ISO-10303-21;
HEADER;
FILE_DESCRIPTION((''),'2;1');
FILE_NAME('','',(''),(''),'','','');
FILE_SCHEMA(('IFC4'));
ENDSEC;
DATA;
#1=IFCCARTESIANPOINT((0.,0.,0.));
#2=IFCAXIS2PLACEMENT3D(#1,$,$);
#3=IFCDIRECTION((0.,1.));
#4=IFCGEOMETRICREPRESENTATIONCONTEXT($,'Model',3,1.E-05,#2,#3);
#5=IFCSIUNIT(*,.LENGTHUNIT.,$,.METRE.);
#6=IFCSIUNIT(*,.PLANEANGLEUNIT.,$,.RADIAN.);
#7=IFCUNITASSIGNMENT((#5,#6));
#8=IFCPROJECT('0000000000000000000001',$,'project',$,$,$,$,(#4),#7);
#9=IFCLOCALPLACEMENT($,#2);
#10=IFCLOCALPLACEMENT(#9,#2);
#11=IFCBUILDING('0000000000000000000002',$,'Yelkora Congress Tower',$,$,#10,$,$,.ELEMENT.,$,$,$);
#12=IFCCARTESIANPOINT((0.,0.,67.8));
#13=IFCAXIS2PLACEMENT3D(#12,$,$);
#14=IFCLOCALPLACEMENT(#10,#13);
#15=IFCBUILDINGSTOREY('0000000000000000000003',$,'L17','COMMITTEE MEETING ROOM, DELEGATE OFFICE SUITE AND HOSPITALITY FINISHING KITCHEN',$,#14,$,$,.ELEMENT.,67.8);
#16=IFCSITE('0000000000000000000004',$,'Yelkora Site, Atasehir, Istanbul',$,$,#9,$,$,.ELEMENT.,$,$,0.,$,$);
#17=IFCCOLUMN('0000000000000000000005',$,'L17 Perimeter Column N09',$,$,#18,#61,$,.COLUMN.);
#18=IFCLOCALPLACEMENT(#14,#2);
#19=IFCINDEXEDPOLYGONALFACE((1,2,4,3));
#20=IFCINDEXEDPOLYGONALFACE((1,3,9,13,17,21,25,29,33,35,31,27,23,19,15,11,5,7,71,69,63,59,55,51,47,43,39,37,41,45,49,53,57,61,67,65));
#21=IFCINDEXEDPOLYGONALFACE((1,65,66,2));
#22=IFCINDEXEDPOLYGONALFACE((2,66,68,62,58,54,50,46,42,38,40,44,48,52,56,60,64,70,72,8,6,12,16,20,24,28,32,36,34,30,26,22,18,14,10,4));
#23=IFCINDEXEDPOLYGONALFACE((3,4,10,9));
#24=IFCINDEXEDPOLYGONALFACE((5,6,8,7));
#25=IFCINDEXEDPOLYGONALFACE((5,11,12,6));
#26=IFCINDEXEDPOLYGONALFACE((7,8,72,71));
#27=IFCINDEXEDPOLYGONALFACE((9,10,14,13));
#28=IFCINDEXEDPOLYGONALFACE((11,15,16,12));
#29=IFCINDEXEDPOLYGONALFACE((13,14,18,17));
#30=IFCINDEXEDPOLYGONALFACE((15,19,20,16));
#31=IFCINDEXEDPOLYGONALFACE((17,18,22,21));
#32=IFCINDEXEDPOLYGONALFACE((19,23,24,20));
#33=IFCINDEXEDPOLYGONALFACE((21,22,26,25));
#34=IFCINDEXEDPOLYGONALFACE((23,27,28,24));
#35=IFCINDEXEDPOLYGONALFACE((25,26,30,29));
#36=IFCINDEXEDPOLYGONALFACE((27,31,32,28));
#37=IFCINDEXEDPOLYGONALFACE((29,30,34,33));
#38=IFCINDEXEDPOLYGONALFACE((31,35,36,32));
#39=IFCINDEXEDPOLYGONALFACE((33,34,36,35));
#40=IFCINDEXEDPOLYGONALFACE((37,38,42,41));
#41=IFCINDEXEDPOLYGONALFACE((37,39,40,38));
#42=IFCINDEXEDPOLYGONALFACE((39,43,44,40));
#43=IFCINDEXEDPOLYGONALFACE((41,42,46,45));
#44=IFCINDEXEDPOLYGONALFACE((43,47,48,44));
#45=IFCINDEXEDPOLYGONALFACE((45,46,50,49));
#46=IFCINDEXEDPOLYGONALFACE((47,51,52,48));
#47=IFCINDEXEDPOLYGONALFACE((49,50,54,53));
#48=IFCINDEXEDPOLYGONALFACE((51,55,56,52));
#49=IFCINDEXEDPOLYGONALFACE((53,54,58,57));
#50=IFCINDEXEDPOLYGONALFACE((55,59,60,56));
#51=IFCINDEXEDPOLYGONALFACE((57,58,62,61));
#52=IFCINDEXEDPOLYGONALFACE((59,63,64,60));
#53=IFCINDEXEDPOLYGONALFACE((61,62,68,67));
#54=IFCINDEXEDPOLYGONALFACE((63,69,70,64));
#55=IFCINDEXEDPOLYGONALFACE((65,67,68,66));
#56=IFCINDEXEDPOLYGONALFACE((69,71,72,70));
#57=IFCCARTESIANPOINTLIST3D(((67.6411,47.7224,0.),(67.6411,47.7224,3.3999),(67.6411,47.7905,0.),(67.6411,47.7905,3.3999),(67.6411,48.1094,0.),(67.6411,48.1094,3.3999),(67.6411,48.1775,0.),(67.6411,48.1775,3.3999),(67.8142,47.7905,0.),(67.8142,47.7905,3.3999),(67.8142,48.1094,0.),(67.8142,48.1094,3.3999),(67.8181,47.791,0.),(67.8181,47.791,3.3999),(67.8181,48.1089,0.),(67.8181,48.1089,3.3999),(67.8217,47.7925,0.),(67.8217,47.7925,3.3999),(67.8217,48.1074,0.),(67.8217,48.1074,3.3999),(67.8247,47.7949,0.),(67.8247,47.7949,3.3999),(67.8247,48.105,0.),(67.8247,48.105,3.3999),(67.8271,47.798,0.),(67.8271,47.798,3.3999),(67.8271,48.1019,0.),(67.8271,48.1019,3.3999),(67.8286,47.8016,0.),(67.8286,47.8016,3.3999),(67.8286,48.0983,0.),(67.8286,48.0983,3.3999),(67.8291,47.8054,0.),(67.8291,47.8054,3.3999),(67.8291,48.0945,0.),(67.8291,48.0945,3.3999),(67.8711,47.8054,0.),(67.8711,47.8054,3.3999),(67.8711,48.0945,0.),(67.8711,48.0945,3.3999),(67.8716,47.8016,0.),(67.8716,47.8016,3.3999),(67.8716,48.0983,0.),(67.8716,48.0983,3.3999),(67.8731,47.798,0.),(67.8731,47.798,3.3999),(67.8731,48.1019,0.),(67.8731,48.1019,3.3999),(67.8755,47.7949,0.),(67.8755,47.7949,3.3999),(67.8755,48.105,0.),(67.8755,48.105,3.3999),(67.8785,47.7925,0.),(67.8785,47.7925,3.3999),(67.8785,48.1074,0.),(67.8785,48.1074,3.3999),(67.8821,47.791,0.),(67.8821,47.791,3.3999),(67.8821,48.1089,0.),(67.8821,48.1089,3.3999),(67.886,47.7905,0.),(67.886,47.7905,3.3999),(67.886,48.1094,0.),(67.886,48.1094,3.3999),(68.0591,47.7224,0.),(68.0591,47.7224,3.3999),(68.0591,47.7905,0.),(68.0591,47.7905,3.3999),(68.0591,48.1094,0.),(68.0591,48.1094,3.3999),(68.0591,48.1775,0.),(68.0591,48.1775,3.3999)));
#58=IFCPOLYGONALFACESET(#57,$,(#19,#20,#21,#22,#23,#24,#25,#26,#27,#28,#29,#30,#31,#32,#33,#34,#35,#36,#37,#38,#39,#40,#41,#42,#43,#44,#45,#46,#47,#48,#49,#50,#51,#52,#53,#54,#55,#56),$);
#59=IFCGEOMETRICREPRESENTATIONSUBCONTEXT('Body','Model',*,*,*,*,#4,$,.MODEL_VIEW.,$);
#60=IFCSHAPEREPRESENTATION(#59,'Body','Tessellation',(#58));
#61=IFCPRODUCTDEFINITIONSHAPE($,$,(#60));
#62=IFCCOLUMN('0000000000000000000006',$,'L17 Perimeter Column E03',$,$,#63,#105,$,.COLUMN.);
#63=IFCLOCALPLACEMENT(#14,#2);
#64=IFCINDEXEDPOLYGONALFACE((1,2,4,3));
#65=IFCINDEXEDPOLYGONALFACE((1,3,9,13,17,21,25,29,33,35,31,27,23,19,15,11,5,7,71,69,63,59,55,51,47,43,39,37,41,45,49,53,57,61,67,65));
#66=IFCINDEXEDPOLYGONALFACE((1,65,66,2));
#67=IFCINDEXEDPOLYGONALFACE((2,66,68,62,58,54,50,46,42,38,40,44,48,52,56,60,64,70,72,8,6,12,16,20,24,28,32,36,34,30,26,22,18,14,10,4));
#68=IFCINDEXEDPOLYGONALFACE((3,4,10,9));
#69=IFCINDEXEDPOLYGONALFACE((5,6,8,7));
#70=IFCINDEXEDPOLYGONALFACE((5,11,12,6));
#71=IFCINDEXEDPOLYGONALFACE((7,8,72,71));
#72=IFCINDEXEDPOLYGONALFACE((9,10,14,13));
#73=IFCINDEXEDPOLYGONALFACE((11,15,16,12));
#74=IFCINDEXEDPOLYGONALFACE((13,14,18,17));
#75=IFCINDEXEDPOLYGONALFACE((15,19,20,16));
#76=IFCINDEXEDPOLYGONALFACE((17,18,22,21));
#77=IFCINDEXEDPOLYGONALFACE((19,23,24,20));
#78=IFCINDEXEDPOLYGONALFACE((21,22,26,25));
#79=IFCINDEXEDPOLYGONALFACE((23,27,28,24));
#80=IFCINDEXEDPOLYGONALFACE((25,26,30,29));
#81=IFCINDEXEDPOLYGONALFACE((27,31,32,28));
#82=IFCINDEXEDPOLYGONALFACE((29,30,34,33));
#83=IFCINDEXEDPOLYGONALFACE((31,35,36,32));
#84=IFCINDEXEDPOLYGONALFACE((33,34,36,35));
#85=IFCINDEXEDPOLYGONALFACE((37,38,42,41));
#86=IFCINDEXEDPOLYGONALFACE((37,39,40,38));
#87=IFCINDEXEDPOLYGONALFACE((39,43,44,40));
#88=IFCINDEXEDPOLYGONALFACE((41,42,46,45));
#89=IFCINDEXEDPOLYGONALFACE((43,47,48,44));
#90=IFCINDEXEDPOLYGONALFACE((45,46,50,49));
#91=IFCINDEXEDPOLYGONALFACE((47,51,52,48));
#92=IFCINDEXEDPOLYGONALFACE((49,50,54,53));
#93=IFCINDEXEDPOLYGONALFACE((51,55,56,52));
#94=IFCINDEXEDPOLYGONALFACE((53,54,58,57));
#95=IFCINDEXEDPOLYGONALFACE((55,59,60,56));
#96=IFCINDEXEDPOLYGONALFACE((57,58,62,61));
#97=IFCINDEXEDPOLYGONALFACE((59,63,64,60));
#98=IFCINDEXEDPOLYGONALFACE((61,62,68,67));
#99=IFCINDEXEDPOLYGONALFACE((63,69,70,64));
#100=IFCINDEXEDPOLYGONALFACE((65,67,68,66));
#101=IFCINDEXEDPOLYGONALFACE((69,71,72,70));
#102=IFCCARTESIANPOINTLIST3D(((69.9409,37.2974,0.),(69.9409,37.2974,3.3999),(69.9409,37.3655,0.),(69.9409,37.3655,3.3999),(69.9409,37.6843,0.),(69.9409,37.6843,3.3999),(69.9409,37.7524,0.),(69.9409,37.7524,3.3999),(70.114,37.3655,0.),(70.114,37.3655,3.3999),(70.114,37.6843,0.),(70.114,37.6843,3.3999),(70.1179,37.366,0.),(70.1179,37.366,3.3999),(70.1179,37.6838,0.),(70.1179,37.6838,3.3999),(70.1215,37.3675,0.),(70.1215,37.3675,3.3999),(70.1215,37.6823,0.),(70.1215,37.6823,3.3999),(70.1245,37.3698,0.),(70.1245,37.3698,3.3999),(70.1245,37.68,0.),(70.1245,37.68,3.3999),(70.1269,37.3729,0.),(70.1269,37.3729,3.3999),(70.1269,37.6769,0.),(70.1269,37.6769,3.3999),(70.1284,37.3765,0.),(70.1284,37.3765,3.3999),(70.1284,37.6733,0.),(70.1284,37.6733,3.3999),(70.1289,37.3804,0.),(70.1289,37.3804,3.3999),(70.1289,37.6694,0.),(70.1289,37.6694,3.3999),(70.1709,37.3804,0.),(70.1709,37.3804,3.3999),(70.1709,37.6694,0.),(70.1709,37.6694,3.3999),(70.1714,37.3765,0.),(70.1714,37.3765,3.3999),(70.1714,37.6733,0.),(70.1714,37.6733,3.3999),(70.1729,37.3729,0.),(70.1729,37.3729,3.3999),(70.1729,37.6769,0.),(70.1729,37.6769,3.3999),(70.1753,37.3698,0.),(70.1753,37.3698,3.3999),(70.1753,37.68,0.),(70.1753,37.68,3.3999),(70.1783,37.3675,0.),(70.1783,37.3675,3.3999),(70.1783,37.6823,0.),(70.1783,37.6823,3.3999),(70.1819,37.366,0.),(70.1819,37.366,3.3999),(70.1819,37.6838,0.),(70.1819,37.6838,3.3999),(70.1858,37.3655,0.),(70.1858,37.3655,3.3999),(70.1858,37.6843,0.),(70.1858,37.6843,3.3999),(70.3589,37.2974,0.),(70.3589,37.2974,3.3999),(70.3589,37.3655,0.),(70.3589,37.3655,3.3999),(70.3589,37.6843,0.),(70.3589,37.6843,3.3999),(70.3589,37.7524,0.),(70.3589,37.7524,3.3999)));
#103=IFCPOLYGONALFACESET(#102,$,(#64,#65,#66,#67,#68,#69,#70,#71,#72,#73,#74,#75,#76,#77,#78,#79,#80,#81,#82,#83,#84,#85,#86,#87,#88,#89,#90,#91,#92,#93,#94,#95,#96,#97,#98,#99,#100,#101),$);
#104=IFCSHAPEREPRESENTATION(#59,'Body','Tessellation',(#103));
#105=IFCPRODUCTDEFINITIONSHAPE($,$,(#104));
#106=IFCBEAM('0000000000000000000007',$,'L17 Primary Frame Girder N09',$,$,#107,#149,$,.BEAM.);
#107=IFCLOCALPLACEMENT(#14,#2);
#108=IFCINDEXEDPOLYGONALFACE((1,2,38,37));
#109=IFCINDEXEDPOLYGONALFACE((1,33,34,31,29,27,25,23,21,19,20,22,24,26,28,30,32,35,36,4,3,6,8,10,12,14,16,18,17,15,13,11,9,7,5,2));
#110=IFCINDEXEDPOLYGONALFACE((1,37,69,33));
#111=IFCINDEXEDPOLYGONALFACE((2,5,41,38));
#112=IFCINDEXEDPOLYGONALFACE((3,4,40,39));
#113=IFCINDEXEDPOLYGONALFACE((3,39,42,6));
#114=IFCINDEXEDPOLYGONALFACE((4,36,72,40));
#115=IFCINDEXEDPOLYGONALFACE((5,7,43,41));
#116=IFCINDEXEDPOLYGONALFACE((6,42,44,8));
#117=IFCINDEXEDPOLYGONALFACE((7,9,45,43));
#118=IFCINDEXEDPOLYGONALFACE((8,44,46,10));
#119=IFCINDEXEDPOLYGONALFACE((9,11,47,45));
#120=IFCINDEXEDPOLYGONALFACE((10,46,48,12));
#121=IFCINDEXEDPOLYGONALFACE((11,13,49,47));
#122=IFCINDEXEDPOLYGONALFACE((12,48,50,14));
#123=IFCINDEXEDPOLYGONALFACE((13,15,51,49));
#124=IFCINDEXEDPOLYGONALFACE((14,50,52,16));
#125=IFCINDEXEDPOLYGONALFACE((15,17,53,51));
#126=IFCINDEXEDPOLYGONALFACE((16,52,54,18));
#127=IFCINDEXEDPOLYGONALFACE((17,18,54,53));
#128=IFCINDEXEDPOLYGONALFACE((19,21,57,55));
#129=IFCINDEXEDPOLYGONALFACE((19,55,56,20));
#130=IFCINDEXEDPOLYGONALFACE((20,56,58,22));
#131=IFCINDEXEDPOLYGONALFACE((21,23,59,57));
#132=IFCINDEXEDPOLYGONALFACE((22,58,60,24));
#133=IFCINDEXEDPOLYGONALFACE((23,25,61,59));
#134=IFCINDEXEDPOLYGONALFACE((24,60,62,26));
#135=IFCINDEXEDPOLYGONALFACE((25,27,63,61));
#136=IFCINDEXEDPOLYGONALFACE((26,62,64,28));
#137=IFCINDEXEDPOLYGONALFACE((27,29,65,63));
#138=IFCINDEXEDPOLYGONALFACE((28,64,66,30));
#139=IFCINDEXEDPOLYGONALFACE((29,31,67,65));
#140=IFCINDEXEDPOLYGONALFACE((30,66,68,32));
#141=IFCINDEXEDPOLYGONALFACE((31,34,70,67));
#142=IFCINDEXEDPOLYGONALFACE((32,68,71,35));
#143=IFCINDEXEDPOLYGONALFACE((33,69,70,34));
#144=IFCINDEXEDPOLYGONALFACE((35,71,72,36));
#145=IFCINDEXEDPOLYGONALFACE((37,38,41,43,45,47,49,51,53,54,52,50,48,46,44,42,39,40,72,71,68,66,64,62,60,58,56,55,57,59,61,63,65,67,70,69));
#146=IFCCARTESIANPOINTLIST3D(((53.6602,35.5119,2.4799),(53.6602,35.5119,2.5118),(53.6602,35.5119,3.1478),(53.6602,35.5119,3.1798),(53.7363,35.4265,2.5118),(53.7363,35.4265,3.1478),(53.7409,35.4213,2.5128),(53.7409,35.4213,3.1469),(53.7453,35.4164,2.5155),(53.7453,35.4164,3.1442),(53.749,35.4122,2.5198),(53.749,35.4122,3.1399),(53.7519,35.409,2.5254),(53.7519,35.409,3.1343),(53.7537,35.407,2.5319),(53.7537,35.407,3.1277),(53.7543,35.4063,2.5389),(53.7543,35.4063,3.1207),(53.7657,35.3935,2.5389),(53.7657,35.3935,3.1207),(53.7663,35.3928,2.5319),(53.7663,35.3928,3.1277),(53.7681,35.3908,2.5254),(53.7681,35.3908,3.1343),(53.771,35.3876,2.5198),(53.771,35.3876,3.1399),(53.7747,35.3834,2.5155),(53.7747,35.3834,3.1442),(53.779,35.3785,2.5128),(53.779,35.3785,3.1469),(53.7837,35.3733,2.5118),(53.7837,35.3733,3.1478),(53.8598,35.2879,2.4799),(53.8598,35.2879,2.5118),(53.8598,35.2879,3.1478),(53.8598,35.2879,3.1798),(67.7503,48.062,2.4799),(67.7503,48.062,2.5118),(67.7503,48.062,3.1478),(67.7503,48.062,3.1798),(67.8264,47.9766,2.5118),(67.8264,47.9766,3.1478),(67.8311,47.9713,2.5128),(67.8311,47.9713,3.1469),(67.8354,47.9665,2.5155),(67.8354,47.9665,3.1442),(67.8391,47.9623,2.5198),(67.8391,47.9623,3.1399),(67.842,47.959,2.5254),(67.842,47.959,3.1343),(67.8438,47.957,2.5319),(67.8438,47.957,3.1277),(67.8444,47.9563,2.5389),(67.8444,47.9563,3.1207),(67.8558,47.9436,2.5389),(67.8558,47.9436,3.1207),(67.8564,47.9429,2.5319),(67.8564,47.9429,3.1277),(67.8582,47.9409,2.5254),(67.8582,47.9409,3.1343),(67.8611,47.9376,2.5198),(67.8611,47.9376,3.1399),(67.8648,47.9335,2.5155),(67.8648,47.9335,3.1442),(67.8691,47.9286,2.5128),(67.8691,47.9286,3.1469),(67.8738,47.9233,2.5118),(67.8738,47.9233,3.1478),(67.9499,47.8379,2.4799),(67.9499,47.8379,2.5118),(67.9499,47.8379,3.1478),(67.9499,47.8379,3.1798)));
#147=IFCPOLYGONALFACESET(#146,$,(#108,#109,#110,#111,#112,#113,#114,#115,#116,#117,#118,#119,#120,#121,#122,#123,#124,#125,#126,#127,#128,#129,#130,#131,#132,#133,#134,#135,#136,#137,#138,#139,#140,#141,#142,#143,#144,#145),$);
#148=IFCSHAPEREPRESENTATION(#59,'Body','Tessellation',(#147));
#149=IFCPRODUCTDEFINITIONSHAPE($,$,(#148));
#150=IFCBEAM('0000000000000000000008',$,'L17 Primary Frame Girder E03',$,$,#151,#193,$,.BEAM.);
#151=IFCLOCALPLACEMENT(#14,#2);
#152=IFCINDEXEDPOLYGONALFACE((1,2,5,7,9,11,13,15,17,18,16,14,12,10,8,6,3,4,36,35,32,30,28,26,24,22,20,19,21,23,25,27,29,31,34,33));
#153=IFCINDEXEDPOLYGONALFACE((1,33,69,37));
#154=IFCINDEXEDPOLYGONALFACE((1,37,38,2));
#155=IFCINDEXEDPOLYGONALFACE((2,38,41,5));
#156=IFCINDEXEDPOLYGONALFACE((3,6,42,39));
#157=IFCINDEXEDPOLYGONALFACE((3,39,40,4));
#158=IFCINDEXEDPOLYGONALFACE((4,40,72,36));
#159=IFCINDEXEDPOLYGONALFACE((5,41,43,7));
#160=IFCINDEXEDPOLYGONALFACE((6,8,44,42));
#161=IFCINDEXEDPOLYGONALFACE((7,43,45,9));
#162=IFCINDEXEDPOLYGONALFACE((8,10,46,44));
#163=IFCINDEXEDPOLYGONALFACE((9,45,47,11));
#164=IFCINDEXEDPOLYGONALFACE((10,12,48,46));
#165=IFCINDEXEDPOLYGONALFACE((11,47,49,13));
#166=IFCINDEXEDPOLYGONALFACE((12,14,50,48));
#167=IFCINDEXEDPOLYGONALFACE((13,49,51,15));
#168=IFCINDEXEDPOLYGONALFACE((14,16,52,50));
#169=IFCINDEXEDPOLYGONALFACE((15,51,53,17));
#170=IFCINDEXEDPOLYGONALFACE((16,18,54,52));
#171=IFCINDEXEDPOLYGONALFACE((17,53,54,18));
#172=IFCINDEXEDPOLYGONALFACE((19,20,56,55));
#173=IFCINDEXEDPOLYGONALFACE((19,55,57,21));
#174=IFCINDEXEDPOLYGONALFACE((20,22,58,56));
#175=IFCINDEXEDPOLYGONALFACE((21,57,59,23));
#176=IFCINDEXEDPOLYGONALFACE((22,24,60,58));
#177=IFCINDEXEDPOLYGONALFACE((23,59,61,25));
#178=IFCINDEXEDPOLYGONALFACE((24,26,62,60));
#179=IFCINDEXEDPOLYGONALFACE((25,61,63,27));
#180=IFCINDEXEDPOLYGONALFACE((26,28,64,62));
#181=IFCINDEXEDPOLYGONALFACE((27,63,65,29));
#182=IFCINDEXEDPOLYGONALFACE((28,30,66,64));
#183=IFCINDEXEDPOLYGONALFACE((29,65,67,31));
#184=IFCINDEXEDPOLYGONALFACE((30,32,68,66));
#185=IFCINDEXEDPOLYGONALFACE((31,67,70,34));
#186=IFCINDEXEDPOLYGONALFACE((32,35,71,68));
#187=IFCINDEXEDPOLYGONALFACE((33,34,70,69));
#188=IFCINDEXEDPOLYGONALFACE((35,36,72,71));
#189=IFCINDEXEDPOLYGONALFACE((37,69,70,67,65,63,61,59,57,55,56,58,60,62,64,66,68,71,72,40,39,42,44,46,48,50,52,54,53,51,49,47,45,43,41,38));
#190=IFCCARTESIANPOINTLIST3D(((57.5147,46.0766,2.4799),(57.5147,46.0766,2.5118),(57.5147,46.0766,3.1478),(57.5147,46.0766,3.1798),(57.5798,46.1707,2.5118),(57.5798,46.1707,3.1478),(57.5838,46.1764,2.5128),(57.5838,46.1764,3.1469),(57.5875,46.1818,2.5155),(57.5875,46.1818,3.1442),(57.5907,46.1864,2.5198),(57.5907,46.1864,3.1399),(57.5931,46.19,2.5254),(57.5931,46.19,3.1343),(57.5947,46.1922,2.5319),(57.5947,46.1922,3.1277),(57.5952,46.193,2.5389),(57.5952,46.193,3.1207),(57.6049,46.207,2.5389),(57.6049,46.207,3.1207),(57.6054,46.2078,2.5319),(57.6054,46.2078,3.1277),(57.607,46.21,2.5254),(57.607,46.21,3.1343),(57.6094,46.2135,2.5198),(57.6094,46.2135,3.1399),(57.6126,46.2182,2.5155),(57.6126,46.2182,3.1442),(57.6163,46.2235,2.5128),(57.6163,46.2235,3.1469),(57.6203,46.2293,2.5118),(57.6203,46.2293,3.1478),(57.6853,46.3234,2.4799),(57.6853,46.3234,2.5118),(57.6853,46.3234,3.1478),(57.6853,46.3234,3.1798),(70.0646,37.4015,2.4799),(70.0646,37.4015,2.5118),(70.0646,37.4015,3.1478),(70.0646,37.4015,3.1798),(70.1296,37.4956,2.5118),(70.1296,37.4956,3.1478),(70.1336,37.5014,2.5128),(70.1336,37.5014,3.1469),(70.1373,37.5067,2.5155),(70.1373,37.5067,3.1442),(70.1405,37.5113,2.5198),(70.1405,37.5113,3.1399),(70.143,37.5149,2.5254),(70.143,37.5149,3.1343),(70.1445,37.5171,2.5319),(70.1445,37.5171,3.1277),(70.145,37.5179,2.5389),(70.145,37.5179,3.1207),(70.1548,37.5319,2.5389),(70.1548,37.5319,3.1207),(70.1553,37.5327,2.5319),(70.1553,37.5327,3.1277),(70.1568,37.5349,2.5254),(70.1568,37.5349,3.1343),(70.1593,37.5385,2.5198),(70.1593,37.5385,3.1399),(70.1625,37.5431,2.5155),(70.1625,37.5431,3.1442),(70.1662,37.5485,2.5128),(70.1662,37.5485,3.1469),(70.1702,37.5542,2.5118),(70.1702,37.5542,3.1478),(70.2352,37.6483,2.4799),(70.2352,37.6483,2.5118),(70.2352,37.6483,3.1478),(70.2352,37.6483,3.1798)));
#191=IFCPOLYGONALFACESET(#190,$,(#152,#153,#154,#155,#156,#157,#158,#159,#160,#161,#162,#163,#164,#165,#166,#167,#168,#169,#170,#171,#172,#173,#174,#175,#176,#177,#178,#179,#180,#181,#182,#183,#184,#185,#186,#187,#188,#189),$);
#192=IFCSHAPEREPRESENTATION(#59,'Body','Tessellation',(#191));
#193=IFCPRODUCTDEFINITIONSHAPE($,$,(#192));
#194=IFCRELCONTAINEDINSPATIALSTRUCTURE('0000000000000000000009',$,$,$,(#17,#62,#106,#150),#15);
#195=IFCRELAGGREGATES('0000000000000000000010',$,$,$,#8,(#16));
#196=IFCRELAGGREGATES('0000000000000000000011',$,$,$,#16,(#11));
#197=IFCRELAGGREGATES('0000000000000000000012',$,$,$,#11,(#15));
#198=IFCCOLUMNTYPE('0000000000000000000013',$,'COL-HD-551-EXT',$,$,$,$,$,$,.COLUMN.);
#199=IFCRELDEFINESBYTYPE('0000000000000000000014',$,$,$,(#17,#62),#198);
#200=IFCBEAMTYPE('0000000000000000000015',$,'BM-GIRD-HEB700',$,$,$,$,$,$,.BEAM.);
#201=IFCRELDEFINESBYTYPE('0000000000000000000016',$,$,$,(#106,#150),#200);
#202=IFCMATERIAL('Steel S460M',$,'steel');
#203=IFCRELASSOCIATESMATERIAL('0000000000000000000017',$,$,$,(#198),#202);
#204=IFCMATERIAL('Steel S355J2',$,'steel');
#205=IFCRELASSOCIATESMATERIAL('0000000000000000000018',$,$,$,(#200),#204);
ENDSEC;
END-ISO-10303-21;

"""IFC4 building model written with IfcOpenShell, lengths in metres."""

from ifc_helpers import new_model, si_unit, direction, frame, origin, origin_2d, place, context, subcontext, project, spatial, i_section, extrude, material, material_profile, profile_set, type_object, element, save


model = new_model("IFC4")

# Units and contexts
model_context = context("Model", 3, precision=1e-05, world=origin(), true_north=direction((0.0, 1.0)))
body_context = subcontext(model_context, "Body", "Model", "MODEL_VIEW")
ifc_project = project(units=[si_unit("LENGTHUNIT", "METRE"), si_unit("PLANEANGLEUNIT", "RADIAN")], contexts=[model_context])

# Site, building, storey
site_placement = place(None, origin())
site = spatial("IfcSite", under=ifc_project, at=site_placement, Name="Yelkora Site, Atasehir, Istanbul", CompositionType="ELEMENT", RefElevation=0.0)
building_placement = place(site_placement, origin())
building = spatial("IfcBuilding", under=site, at=building_placement, Name="Yelkora Congress Tower", CompositionType="ELEMENT")
storey_placement = place(building_placement, frame((0.0, 0.0, 67.8)))
storey = spatial("IfcBuildingStorey", under=building, at=storey_placement, Name="L17", Description="COMMITTEE MEETING ROOM, DELEGATE OFFICE SUITE AND HOSPITALITY FINISHING KITCHEN", CompositionType="ELEMENT", Elevation=67.8)

# Columns
ifc_material_1 = material(Name="Steel S460M", Category="steel")
ifc_material_profile_1 = material_profile(ifc_material_1, i_section(OverallWidth=0.418, OverallDepth=0.4551, WebThickness=0.042, FlangeThickness=0.0681, FilletRadius=0.0149, at=origin_2d()), Name="HD 400x551")
ifc_profile_set_1 = profile_set([ifc_material_profile_1], Name="Steel S460M")
column_type = type_object("IfcColumnType", Name="COL-HD-551-EXT", PredefinedType="COLUMN", material=ifc_profile_set_1)
for number, where, z_axis, x_axis, name in (
    (1, (67.8501, 47.95, 0.0), (0.0, 0.0, 1.0), (1.0, 0.0, 0.0), "L17 Perimeter Column N09"),
    (2, (70.1499, 37.5249, 0.0), (0.0, 0.0, 1.0), (1.0, 0.0, 0.0), "L17 Perimeter Column E03"),
):
    element("IfcColumn", number, at=place(storey_placement, frame(where, z_axis=z_axis, x_axis=x_axis)), inside=storey, type_object=column_type, Name=name, PredefinedType="COLUMN", context=body_context, shape_type="SweptSolid", body=[
        extrude(i_section(OverallWidth=0.418, OverallDepth=0.4551, WebThickness=0.042, FlangeThickness=0.0681, FilletRadius=0.0149, at=origin_2d()), origin(), (0.0, 0.0, 1.0), 3.3999),
    ])

# Beams
ifc_material_2 = material(Name="Steel S355J2", Category="steel")
ifc_material_profile_2 = material_profile(ifc_material_2, i_section(OverallWidth=0.3, OverallDepth=0.7, WebThickness=0.0171, FlangeThickness=0.032, FilletRadius=0.0271, at=origin_2d()), Name="HEB 700")
ifc_profile_set_2 = profile_set([ifc_material_profile_2], Name="Steel S355J2")
beam_type_1 = type_object("IfcBeamType", Name="BM-GIRD-HEB700", PredefinedType="BEAM", material=ifc_profile_set_2)
beam_1_placement = place(storey_placement, frame((67.8501, 47.95, 2.8298), z_axis=(-0.746737, -0.665119, 0.0), x_axis=(0.665119, -0.746737, 0.0)))
element("IfcBeam", 3, at=beam_1_placement, inside=storey, type_object=beam_type_1, Name="L17 Primary Frame Girder N09", PredefinedType="BEAM", context=body_context, shape_type="SweptSolid", body=[
    extrude(i_section(OverallWidth=0.3, OverallDepth=0.7, WebThickness=0.0171, FlangeThickness=0.032, FilletRadius=0.0271, at=origin_2d()), origin(), (0.0, 0.0, 1.0), 18.8689),
])
beam_2_placement = place(storey_placement, frame((70.1499, 37.5249, 2.8298), z_axis=(-0.822599, 0.568622, 0.0), x_axis=(-0.568622, -0.822599, 0.0)))
element("IfcBeam", 4, at=beam_2_placement, inside=storey, type_object=beam_type_1, Name="L17 Primary Frame Girder E03", PredefinedType="BEAM", context=body_context, shape_type="SweptSolid", body=[
    extrude(i_section(OverallWidth=0.3, OverallDepth=0.7, WebThickness=0.0171, FlangeThickness=0.032, FilletRadius=0.0271, at=origin_2d()), origin(), (0.0, 0.0, 1.0), 15.2563),
])

save(model, "model.ifc")
